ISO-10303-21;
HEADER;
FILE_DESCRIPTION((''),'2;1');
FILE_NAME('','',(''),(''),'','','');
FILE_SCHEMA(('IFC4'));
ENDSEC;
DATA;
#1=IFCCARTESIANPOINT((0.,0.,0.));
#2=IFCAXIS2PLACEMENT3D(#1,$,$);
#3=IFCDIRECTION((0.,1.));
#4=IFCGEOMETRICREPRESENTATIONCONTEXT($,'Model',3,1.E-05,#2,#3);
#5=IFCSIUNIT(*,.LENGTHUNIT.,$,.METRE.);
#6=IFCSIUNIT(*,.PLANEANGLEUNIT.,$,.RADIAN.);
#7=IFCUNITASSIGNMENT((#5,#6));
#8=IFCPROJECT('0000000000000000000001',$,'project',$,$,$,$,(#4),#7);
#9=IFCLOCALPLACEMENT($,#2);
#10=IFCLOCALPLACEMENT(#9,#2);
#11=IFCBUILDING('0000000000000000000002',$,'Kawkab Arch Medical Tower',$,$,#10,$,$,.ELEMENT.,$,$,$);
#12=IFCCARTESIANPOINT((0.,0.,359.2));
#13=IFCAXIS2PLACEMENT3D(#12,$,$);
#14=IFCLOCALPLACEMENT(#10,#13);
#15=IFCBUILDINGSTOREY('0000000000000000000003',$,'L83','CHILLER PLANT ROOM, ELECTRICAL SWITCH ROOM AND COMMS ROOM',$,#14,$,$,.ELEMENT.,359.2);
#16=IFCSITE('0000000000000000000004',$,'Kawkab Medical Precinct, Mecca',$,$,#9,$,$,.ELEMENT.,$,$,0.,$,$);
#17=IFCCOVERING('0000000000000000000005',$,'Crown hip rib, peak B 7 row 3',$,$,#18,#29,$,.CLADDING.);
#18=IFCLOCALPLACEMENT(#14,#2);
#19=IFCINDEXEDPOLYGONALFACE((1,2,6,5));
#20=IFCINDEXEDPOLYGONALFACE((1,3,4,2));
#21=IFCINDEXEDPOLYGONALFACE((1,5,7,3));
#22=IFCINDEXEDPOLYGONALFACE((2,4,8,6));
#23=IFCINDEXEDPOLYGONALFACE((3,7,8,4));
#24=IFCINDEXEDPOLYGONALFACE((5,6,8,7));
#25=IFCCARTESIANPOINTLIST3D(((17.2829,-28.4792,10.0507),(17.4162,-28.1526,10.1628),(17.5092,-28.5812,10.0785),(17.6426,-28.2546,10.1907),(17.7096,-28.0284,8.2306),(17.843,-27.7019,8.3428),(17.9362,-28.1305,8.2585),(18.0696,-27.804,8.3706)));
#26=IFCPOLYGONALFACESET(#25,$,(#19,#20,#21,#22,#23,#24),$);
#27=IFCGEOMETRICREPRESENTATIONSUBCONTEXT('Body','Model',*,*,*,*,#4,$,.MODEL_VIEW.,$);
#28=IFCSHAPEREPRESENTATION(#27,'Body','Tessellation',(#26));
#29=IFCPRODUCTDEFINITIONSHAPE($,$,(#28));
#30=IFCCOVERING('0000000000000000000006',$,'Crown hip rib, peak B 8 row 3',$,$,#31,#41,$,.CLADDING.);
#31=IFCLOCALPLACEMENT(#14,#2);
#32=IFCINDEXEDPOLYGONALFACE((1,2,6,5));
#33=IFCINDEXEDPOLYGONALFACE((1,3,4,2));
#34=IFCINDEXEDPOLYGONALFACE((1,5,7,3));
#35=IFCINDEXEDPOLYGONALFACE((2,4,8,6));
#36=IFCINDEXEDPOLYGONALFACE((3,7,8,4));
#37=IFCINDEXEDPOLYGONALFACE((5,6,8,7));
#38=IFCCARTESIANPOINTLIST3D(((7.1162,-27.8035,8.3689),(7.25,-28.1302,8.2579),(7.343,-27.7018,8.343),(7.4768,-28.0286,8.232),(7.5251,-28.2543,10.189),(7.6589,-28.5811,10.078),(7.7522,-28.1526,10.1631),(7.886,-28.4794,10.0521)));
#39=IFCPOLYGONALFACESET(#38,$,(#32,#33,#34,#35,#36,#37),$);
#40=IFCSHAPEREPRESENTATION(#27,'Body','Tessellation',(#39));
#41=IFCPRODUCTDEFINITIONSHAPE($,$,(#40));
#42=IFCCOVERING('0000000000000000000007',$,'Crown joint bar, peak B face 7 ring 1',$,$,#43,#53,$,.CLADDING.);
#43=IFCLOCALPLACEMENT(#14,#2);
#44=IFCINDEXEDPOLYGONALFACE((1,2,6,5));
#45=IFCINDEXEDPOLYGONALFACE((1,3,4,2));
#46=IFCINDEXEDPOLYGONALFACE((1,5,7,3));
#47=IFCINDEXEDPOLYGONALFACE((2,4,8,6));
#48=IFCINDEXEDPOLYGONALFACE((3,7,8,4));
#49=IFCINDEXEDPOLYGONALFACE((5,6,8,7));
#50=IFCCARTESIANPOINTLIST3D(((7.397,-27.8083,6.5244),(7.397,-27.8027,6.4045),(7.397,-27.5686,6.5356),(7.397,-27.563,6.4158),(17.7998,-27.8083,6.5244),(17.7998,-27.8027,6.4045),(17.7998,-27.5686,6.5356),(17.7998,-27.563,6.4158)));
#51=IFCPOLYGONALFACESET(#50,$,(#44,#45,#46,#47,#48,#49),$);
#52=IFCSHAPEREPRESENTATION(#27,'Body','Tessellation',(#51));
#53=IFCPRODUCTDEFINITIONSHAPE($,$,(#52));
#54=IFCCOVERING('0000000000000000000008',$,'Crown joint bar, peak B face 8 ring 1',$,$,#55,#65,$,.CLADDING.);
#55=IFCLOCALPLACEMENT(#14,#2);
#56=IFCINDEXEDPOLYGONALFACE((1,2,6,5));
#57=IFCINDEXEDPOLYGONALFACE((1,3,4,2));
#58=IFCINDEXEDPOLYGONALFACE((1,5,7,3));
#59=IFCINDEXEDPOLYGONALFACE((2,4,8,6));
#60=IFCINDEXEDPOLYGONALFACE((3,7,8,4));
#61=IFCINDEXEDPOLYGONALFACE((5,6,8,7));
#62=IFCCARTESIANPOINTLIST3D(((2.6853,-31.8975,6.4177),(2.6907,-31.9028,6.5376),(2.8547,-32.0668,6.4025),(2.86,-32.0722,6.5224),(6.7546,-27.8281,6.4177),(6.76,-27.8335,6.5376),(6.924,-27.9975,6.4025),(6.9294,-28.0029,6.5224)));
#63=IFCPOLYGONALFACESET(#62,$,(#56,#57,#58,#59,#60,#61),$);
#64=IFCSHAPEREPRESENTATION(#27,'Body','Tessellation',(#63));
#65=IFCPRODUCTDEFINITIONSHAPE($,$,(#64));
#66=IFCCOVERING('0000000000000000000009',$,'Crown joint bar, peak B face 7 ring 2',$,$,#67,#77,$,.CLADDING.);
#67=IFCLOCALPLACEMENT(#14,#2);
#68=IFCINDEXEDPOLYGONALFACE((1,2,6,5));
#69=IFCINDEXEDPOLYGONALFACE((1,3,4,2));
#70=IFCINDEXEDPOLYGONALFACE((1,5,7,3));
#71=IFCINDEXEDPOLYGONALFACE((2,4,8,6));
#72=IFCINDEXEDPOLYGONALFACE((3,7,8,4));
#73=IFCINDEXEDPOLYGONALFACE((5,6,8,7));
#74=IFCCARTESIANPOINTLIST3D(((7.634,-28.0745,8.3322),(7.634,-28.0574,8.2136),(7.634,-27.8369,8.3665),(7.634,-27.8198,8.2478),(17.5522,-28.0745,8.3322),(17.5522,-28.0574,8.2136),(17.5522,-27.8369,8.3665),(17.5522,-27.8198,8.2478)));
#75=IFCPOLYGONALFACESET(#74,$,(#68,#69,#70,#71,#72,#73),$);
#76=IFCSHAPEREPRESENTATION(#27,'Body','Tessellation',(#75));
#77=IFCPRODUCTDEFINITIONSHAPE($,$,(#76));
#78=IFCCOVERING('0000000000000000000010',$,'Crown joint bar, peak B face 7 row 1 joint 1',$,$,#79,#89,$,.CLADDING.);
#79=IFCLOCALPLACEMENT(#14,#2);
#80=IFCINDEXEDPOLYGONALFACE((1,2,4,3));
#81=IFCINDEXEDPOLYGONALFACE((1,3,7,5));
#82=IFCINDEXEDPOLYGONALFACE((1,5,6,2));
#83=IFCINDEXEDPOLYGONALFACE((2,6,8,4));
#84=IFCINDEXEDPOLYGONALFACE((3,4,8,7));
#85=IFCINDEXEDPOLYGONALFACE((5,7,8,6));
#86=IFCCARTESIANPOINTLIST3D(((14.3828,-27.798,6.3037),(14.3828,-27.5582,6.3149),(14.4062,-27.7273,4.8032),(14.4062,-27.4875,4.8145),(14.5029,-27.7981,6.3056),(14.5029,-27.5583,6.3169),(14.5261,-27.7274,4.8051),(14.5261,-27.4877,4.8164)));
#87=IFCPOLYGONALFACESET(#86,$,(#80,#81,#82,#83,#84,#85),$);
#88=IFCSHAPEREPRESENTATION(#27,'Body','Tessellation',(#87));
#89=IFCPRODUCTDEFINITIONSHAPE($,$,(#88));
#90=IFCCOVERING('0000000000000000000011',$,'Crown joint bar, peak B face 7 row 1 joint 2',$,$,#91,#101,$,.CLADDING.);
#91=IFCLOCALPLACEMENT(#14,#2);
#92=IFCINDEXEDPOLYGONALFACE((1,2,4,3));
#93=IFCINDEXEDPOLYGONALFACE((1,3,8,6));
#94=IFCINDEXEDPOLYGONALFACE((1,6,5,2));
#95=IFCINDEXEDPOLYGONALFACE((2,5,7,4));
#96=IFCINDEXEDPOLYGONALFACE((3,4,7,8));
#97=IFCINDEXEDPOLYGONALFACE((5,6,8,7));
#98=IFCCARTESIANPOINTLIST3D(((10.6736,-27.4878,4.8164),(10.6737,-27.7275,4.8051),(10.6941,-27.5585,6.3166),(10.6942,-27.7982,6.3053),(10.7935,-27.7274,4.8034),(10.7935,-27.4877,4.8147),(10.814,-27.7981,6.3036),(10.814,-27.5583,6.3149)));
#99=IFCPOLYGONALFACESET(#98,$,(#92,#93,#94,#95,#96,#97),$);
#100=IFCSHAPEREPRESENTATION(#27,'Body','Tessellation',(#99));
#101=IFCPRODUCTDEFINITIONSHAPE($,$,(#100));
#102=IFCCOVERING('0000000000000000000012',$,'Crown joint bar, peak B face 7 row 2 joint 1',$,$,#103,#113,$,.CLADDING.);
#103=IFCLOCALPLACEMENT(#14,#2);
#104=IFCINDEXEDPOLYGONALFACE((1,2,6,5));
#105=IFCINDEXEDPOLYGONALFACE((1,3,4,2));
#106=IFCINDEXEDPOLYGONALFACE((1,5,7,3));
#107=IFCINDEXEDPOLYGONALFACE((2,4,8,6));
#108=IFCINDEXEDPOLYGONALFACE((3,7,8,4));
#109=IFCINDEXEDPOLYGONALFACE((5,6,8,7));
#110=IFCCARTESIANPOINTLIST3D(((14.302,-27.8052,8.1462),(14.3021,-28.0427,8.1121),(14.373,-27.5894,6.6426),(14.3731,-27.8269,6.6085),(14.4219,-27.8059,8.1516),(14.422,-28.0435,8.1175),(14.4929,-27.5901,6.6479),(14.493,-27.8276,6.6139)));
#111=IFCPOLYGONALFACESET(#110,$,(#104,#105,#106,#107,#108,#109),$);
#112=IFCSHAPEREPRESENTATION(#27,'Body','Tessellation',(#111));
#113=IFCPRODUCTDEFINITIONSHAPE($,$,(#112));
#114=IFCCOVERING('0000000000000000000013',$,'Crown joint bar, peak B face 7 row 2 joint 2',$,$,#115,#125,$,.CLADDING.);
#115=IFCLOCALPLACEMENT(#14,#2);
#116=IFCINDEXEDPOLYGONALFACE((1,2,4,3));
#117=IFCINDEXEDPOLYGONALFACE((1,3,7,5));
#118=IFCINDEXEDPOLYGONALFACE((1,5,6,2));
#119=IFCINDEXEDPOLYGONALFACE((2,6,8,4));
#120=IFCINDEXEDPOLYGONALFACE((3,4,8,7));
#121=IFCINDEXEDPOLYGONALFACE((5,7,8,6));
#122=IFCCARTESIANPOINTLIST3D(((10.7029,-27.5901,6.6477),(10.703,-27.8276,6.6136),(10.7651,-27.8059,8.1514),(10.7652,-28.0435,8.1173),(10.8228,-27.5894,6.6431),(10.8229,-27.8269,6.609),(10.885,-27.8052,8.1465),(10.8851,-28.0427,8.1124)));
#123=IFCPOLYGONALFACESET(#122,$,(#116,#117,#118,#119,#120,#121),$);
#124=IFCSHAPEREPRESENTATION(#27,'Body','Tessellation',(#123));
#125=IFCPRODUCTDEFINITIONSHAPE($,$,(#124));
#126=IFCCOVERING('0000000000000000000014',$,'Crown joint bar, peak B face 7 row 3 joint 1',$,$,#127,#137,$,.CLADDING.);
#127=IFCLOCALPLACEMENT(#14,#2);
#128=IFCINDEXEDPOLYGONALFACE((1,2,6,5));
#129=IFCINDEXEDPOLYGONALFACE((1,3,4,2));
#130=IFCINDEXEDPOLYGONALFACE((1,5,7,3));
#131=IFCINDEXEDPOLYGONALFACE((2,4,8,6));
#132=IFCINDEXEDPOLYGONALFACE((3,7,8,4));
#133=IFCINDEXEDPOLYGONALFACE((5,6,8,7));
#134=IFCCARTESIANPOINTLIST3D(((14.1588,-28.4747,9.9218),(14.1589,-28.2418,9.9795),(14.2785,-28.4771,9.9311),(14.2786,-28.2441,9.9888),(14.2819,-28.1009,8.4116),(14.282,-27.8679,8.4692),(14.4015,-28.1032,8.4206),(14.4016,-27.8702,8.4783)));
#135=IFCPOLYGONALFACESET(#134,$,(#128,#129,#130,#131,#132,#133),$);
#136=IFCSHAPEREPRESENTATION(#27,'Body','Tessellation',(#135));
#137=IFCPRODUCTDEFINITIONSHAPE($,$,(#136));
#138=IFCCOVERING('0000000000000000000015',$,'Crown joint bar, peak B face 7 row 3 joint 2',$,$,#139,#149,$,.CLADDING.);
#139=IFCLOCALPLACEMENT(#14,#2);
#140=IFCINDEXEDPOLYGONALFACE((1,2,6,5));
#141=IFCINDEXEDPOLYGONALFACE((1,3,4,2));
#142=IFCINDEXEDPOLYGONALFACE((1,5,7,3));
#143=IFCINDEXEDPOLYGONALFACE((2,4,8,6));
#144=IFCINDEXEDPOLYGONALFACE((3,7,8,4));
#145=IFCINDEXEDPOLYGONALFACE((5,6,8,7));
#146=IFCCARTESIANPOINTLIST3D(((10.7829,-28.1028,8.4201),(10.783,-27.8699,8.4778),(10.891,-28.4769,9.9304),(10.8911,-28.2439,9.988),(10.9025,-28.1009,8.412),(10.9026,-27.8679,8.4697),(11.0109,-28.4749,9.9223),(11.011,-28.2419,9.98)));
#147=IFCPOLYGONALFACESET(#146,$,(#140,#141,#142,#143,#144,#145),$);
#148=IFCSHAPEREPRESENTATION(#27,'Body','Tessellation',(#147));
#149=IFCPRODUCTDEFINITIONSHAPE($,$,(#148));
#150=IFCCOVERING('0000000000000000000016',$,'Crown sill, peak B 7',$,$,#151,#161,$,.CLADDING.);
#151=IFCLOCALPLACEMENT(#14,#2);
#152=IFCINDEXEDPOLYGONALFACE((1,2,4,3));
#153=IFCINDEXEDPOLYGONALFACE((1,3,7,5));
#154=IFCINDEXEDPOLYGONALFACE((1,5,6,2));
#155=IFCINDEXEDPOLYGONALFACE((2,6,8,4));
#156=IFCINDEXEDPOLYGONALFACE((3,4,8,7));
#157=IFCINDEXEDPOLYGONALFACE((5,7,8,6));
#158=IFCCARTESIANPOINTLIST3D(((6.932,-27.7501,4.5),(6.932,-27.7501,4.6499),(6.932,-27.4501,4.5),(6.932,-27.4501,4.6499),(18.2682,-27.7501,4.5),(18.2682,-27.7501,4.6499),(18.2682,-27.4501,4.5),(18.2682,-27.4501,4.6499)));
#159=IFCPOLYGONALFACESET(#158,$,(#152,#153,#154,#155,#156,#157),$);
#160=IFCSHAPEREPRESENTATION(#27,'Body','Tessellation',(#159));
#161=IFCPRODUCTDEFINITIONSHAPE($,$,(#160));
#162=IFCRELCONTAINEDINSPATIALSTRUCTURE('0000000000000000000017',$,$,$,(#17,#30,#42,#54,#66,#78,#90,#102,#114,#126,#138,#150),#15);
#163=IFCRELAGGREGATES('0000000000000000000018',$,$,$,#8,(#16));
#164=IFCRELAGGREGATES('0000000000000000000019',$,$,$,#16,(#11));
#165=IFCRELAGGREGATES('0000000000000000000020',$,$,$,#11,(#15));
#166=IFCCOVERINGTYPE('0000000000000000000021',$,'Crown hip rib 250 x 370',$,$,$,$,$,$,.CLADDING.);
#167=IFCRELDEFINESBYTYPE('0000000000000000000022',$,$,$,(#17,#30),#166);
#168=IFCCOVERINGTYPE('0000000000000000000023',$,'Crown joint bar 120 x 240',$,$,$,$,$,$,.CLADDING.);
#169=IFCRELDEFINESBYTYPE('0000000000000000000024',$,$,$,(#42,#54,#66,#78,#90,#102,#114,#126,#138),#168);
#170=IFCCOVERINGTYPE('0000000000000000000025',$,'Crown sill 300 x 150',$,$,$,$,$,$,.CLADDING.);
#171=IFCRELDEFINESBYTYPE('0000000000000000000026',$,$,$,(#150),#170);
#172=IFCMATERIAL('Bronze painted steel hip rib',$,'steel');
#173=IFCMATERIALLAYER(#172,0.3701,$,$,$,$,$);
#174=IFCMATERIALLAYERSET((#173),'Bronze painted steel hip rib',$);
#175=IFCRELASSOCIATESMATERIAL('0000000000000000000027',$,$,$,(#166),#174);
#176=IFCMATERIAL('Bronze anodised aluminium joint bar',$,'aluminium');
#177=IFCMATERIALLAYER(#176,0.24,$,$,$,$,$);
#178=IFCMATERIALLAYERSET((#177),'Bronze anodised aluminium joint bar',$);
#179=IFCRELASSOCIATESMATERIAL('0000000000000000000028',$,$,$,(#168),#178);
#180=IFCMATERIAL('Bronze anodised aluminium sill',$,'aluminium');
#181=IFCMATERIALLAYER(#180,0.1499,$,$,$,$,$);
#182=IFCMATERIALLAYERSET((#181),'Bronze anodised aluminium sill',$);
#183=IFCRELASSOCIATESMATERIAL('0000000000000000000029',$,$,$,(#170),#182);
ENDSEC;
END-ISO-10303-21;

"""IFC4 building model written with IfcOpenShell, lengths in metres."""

from ifc_helpers import new_model, si_unit, direction, frame, origin, origin_2d, place, context, subcontext, project, spatial, polyline, rectangle, outline, extrude, material, layer, layer_set, type_object, element, save


model = new_model("IFC4")

# Units and contexts
model_context = context("Model", 3, precision=1e-05, world=origin(), true_north=direction((0.0, 1.0)))
body_context = subcontext(model_context, "Body", "Model", "MODEL_VIEW")
ifc_project = project(units=[si_unit("LENGTHUNIT", "METRE"), si_unit("PLANEANGLEUNIT", "RADIAN")], contexts=[model_context])

# Site, building, storey
site_placement = place(None, origin())
site = spatial("IfcSite", under=ifc_project, at=site_placement, Name="Kawkab Medical Precinct, Mecca", CompositionType="ELEMENT", RefElevation=0.0)
building_placement = place(site_placement, origin())
building = spatial("IfcBuilding", under=site, at=building_placement, Name="Kawkab Arch Medical Tower", CompositionType="ELEMENT")
storey_placement = place(building_placement, frame((0.0, 0.0, 359.2)))
storey = spatial("IfcBuildingStorey", under=building, at=storey_placement, Name="L83", Description="CHILLER PLANT ROOM, ELECTRICAL SWITCH ROOM AND COMMS ROOM", CompositionType="ELEMENT", Elevation=359.2)

# Coverings
ifc_material_1 = material(Name="Bronze painted steel hip rib", Category="steel")
ifc_layer_1 = layer(ifc_material_1, 0.3701)
ifc_layer_set_1 = layer_set([ifc_layer_1], Name="Bronze painted steel hip rib")
covering_type_1 = type_object("IfcCoveringType", Name="Crown hip rib 250 x 370", PredefinedType="CLADDING", material=ifc_layer_set_1)
covering_1_placement = place(storey_placement, frame((17.843, -27.7019, 8.3428), z_axis=(0.360362, 0.882238, 0.302978), x_axis=(-0.221932, -0.234386, 0.946472)))
element("IfcCovering", 1, at=covering_1_placement, inside=storey, type_object=covering_type_1, Name="Crown hip rib, peak B 7 row 3", PredefinedType="CLADDING", context=body_context, shape_type="SweptSolid", body=[
    extrude(outline(polyline([(0.0, 0.0), (1.923, 0.0), (1.923, 0.2498), (0.0, 0.25), (0.0, 0.0)])), origin(), (0.0, 0.0, -1.0), 0.3701),
])
covering_2_placement = place(storey_placement, frame((7.1162, -27.8035, 8.3689), z_axis=(-0.361403, 0.882864, 0.299898), x_axis=(0.213067, -0.234931, 0.948372)))
element("IfcCovering", 2, at=covering_2_placement, inside=storey, type_object=covering_type_1, Name="Crown hip rib, peak B 8 row 3", PredefinedType="CLADDING", context=body_context, shape_type="SweptSolid", body=[
    extrude(outline(polyline([(0.0, 0.0), (1.9192, 0.0), (1.9191, 0.2502), (-0.0001, 0.2499), (0.0, 0.0)])), origin(), (0.0, 0.0, -1.0), 0.3701),
])
ifc_material_2 = material(Name="Bronze anodised aluminium joint bar", Category="aluminium")
ifc_layer_2 = layer(ifc_material_2, 0.24)
ifc_layer_set_2 = layer_set([ifc_layer_2], Name="Bronze anodised aluminium joint bar")
covering_type_2 = type_object("IfcCoveringType", Name="Crown joint bar 120 x 240", PredefinedType="CLADDING", material=ifc_layer_set_2)
covering_3_placement = place(storey_placement, frame((17.7998, -27.563, 6.4158), z_axis=(0.0, 0.998905, 0.046792), x_axis=(-1.0, 0.0, 0.0)))
element("IfcCovering", 3, at=covering_3_placement, inside=storey, type_object=covering_type_2, Name="Crown joint bar, peak B face 7 ring 1", PredefinedType="CLADDING", context=body_context, shape_type="SweptSolid", body=[
    extrude(outline(polyline([(0.0, 0.0), (10.4028, 0.0), (10.4028, 0.12), (0.0, 0.12), (0.0, 0.0)])), origin(), (0.0, 0.0, -1.0), 0.24),
])
covering_4_placement = place(storey_placement, frame((6.7546, -27.8281, 6.4177), z_axis=(-0.705691, 0.705691, 0.063239), x_axis=(-0.707107, -0.707107, 0.0)))
element("IfcCovering", 4, at=covering_4_placement, inside=storey, type_object=covering_type_2, Name="Crown joint bar, peak B face 8 ring 1", PredefinedType="CLADDING", context=body_context, shape_type="SweptSolid", body=[
    extrude(outline(polyline([(0.0, 0.0), (5.7549, 0.0), (5.7549, 0.1201), (0.0, 0.1201), (0.0, 0.0)])), origin(), (0.0, 0.0, -1.0), 0.24),
])
covering_5_placement = place(storey_placement, frame((17.5522, -27.8198, 8.2478), z_axis=(0.0, 0.989786, 0.142562), x_axis=(-1.0, 0.0, 0.0)))
element("IfcCovering", 5, at=covering_5_placement, inside=storey, type_object=covering_type_2, Name="Crown joint bar, peak B face 7 ring 2", PredefinedType="CLADDING", context=body_context, shape_type="SweptSolid", body=[
    extrude(outline(polyline([(0.0, 0.0), (9.9182, 0.0), (9.9182, 0.1199), (0.0, 0.1199), (0.0, 0.0)])), origin(), (0.0, 0.0, -1.0), 0.24),
])
covering_6_placement = place(storey_placement, frame((14.4062, -27.4875, 4.8145), z_axis=(0.00025, 0.998892, 0.047056), x_axis=(-0.015601, -0.047046, 0.998771)))
element("IfcCovering", 6, at=covering_6_placement, inside=storey, type_object=covering_type_2, Name="Crown joint bar, peak B face 7 row 1 joint 1", PredefinedType="CLADDING", context=body_context, shape_type="SweptSolid", body=[
    extrude(outline(polyline([(0.0, 0.0), (1.5023, 0.0), (1.5024, 0.1201), (0.0001, 0.1199), (0.0, 0.0)])), origin(), (0.0, 0.0, -1.0), 0.24),
])
covering_7_placement = place(storey_placement, frame((10.6736, -27.4878, 4.8164), z_axis=(-0.000346, 0.998892, 0.047064), x_axis=(0.013653, -0.047055, 0.998799)))
element("IfcCovering", 7, at=covering_7_placement, inside=storey, type_object=covering_type_2, Name="Crown joint bar, peak B face 7 row 1 joint 2", PredefinedType="CLADDING", context=body_context, shape_type="SweptSolid", body=[
    extrude(outline(polyline([(0.0, 0.0), (1.502, 0.0), (1.502, 0.1199), (-0.0001, 0.1199), (0.0, 0.0)])), origin(), (0.0, 0.0, -1.0), 0.24),
])
covering_8_placement = place(storey_placement, frame((14.373, -27.5894, 6.6426), z_axis=(-0.000317, 0.989858, 0.142059), x_axis=(-0.046718, -0.141919, 0.988775)))
element("IfcCovering", 8, at=covering_8_placement, inside=storey, type_object=covering_type_2, Name="Crown joint bar, peak B face 7 row 2 joint 1", PredefinedType="CLADDING", context=body_context, shape_type="SweptSolid", body=[
    extrude(outline(polyline([(0.0, 0.0), (1.5207, 0.0), (1.5205, 0.12), (-0.0002, 0.12), (0.0, 0.0)])), origin(), (0.0, 0.0, -1.0), 0.24),
])
covering_9_placement = place(storey_placement, frame((10.7029, -27.5901, 6.6477), z_axis=(-0.000404, 0.989852, 0.142102), x_axis=(0.040948, -0.141966, 0.989024)))
element("IfcCovering", 9, at=covering_9_placement, inside=storey, type_object=covering_type_2, Name="Crown joint bar, peak B face 7 row 2 joint 2", PredefinedType="CLADDING", context=body_context, shape_type="SweptSolid", body=[
    extrude(outline(polyline([(0.0, 0.0), (1.5203, 0.0), (1.5203, 0.12), (0.0002, 0.12), (0.0, 0.0)])), origin(), (0.0, 0.0, -1.0), 0.24),
])
covering_10_placement = place(storey_placement, frame((14.282, -27.8679, 8.4692), z_axis=(0.000427, 0.97069, 0.240334), x_axis=(-0.078842, -0.239553, 0.967677)))
element("IfcCovering", 10, at=covering_10_placement, inside=storey, type_object=covering_type_2, Name="Crown joint bar, peak B face 7 row 3 joint 1", PredefinedType="CLADDING", context=body_context, shape_type="SweptSolid", body=[
    extrude(outline(polyline([(0.0, 0.0), (1.5607, 0.0), (1.5608, 0.12), (-0.0002, 0.12), (0.0, 0.0)])), origin(), (0.0, 0.0, -1.0), 0.24),
])
covering_11_placement = place(storey_placement, frame((10.783, -27.8699, 8.4778), z_axis=(0.00034, 0.970681, 0.240371), x_axis=(0.069346, -0.239815, 0.968339)))
element("IfcCovering", 11, at=covering_11_placement, inside=storey, type_object=covering_type_2, Name="Crown joint bar, peak B face 7 row 3 joint 2", PredefinedType="CLADDING", context=body_context, shape_type="SweptSolid", body=[
    extrude(outline(polyline([(0.0, 0.0), (1.5596, 0.0), (1.5597, 0.1202), (0.0, 0.1199), (0.0, 0.0)])), origin(), (0.0, 0.0, -1.0), 0.24),
])
ifc_material_3 = material(Name="Bronze anodised aluminium sill", Category="aluminium")
ifc_layer_3 = layer(ifc_material_3, 0.1499)
ifc_layer_set_3 = layer_set([ifc_layer_3], Name="Bronze anodised aluminium sill")
covering_type_3 = type_object("IfcCoveringType", Name="Crown sill 300 x 150", PredefinedType="CLADDING", material=ifc_layer_set_3)
covering_12_placement = place(storey_placement, frame((12.6001, -27.6001, 4.5), z_axis=(0.0, 0.0, 1.0), x_axis=(-1.0, 0.0, 0.0)))
element("IfcCovering", 12, at=covering_12_placement, inside=storey, type_object=covering_type_3, Name="Crown sill, peak B 7", PredefinedType="CLADDING", context=body_context, shape_type="SweptSolid", body=[
    extrude(rectangle(XDim=11.3362, YDim=0.3, at=origin_2d()), origin(), (0.0, 0.0, 1.0), 0.1499),
])

save(model, "model.ifc")
